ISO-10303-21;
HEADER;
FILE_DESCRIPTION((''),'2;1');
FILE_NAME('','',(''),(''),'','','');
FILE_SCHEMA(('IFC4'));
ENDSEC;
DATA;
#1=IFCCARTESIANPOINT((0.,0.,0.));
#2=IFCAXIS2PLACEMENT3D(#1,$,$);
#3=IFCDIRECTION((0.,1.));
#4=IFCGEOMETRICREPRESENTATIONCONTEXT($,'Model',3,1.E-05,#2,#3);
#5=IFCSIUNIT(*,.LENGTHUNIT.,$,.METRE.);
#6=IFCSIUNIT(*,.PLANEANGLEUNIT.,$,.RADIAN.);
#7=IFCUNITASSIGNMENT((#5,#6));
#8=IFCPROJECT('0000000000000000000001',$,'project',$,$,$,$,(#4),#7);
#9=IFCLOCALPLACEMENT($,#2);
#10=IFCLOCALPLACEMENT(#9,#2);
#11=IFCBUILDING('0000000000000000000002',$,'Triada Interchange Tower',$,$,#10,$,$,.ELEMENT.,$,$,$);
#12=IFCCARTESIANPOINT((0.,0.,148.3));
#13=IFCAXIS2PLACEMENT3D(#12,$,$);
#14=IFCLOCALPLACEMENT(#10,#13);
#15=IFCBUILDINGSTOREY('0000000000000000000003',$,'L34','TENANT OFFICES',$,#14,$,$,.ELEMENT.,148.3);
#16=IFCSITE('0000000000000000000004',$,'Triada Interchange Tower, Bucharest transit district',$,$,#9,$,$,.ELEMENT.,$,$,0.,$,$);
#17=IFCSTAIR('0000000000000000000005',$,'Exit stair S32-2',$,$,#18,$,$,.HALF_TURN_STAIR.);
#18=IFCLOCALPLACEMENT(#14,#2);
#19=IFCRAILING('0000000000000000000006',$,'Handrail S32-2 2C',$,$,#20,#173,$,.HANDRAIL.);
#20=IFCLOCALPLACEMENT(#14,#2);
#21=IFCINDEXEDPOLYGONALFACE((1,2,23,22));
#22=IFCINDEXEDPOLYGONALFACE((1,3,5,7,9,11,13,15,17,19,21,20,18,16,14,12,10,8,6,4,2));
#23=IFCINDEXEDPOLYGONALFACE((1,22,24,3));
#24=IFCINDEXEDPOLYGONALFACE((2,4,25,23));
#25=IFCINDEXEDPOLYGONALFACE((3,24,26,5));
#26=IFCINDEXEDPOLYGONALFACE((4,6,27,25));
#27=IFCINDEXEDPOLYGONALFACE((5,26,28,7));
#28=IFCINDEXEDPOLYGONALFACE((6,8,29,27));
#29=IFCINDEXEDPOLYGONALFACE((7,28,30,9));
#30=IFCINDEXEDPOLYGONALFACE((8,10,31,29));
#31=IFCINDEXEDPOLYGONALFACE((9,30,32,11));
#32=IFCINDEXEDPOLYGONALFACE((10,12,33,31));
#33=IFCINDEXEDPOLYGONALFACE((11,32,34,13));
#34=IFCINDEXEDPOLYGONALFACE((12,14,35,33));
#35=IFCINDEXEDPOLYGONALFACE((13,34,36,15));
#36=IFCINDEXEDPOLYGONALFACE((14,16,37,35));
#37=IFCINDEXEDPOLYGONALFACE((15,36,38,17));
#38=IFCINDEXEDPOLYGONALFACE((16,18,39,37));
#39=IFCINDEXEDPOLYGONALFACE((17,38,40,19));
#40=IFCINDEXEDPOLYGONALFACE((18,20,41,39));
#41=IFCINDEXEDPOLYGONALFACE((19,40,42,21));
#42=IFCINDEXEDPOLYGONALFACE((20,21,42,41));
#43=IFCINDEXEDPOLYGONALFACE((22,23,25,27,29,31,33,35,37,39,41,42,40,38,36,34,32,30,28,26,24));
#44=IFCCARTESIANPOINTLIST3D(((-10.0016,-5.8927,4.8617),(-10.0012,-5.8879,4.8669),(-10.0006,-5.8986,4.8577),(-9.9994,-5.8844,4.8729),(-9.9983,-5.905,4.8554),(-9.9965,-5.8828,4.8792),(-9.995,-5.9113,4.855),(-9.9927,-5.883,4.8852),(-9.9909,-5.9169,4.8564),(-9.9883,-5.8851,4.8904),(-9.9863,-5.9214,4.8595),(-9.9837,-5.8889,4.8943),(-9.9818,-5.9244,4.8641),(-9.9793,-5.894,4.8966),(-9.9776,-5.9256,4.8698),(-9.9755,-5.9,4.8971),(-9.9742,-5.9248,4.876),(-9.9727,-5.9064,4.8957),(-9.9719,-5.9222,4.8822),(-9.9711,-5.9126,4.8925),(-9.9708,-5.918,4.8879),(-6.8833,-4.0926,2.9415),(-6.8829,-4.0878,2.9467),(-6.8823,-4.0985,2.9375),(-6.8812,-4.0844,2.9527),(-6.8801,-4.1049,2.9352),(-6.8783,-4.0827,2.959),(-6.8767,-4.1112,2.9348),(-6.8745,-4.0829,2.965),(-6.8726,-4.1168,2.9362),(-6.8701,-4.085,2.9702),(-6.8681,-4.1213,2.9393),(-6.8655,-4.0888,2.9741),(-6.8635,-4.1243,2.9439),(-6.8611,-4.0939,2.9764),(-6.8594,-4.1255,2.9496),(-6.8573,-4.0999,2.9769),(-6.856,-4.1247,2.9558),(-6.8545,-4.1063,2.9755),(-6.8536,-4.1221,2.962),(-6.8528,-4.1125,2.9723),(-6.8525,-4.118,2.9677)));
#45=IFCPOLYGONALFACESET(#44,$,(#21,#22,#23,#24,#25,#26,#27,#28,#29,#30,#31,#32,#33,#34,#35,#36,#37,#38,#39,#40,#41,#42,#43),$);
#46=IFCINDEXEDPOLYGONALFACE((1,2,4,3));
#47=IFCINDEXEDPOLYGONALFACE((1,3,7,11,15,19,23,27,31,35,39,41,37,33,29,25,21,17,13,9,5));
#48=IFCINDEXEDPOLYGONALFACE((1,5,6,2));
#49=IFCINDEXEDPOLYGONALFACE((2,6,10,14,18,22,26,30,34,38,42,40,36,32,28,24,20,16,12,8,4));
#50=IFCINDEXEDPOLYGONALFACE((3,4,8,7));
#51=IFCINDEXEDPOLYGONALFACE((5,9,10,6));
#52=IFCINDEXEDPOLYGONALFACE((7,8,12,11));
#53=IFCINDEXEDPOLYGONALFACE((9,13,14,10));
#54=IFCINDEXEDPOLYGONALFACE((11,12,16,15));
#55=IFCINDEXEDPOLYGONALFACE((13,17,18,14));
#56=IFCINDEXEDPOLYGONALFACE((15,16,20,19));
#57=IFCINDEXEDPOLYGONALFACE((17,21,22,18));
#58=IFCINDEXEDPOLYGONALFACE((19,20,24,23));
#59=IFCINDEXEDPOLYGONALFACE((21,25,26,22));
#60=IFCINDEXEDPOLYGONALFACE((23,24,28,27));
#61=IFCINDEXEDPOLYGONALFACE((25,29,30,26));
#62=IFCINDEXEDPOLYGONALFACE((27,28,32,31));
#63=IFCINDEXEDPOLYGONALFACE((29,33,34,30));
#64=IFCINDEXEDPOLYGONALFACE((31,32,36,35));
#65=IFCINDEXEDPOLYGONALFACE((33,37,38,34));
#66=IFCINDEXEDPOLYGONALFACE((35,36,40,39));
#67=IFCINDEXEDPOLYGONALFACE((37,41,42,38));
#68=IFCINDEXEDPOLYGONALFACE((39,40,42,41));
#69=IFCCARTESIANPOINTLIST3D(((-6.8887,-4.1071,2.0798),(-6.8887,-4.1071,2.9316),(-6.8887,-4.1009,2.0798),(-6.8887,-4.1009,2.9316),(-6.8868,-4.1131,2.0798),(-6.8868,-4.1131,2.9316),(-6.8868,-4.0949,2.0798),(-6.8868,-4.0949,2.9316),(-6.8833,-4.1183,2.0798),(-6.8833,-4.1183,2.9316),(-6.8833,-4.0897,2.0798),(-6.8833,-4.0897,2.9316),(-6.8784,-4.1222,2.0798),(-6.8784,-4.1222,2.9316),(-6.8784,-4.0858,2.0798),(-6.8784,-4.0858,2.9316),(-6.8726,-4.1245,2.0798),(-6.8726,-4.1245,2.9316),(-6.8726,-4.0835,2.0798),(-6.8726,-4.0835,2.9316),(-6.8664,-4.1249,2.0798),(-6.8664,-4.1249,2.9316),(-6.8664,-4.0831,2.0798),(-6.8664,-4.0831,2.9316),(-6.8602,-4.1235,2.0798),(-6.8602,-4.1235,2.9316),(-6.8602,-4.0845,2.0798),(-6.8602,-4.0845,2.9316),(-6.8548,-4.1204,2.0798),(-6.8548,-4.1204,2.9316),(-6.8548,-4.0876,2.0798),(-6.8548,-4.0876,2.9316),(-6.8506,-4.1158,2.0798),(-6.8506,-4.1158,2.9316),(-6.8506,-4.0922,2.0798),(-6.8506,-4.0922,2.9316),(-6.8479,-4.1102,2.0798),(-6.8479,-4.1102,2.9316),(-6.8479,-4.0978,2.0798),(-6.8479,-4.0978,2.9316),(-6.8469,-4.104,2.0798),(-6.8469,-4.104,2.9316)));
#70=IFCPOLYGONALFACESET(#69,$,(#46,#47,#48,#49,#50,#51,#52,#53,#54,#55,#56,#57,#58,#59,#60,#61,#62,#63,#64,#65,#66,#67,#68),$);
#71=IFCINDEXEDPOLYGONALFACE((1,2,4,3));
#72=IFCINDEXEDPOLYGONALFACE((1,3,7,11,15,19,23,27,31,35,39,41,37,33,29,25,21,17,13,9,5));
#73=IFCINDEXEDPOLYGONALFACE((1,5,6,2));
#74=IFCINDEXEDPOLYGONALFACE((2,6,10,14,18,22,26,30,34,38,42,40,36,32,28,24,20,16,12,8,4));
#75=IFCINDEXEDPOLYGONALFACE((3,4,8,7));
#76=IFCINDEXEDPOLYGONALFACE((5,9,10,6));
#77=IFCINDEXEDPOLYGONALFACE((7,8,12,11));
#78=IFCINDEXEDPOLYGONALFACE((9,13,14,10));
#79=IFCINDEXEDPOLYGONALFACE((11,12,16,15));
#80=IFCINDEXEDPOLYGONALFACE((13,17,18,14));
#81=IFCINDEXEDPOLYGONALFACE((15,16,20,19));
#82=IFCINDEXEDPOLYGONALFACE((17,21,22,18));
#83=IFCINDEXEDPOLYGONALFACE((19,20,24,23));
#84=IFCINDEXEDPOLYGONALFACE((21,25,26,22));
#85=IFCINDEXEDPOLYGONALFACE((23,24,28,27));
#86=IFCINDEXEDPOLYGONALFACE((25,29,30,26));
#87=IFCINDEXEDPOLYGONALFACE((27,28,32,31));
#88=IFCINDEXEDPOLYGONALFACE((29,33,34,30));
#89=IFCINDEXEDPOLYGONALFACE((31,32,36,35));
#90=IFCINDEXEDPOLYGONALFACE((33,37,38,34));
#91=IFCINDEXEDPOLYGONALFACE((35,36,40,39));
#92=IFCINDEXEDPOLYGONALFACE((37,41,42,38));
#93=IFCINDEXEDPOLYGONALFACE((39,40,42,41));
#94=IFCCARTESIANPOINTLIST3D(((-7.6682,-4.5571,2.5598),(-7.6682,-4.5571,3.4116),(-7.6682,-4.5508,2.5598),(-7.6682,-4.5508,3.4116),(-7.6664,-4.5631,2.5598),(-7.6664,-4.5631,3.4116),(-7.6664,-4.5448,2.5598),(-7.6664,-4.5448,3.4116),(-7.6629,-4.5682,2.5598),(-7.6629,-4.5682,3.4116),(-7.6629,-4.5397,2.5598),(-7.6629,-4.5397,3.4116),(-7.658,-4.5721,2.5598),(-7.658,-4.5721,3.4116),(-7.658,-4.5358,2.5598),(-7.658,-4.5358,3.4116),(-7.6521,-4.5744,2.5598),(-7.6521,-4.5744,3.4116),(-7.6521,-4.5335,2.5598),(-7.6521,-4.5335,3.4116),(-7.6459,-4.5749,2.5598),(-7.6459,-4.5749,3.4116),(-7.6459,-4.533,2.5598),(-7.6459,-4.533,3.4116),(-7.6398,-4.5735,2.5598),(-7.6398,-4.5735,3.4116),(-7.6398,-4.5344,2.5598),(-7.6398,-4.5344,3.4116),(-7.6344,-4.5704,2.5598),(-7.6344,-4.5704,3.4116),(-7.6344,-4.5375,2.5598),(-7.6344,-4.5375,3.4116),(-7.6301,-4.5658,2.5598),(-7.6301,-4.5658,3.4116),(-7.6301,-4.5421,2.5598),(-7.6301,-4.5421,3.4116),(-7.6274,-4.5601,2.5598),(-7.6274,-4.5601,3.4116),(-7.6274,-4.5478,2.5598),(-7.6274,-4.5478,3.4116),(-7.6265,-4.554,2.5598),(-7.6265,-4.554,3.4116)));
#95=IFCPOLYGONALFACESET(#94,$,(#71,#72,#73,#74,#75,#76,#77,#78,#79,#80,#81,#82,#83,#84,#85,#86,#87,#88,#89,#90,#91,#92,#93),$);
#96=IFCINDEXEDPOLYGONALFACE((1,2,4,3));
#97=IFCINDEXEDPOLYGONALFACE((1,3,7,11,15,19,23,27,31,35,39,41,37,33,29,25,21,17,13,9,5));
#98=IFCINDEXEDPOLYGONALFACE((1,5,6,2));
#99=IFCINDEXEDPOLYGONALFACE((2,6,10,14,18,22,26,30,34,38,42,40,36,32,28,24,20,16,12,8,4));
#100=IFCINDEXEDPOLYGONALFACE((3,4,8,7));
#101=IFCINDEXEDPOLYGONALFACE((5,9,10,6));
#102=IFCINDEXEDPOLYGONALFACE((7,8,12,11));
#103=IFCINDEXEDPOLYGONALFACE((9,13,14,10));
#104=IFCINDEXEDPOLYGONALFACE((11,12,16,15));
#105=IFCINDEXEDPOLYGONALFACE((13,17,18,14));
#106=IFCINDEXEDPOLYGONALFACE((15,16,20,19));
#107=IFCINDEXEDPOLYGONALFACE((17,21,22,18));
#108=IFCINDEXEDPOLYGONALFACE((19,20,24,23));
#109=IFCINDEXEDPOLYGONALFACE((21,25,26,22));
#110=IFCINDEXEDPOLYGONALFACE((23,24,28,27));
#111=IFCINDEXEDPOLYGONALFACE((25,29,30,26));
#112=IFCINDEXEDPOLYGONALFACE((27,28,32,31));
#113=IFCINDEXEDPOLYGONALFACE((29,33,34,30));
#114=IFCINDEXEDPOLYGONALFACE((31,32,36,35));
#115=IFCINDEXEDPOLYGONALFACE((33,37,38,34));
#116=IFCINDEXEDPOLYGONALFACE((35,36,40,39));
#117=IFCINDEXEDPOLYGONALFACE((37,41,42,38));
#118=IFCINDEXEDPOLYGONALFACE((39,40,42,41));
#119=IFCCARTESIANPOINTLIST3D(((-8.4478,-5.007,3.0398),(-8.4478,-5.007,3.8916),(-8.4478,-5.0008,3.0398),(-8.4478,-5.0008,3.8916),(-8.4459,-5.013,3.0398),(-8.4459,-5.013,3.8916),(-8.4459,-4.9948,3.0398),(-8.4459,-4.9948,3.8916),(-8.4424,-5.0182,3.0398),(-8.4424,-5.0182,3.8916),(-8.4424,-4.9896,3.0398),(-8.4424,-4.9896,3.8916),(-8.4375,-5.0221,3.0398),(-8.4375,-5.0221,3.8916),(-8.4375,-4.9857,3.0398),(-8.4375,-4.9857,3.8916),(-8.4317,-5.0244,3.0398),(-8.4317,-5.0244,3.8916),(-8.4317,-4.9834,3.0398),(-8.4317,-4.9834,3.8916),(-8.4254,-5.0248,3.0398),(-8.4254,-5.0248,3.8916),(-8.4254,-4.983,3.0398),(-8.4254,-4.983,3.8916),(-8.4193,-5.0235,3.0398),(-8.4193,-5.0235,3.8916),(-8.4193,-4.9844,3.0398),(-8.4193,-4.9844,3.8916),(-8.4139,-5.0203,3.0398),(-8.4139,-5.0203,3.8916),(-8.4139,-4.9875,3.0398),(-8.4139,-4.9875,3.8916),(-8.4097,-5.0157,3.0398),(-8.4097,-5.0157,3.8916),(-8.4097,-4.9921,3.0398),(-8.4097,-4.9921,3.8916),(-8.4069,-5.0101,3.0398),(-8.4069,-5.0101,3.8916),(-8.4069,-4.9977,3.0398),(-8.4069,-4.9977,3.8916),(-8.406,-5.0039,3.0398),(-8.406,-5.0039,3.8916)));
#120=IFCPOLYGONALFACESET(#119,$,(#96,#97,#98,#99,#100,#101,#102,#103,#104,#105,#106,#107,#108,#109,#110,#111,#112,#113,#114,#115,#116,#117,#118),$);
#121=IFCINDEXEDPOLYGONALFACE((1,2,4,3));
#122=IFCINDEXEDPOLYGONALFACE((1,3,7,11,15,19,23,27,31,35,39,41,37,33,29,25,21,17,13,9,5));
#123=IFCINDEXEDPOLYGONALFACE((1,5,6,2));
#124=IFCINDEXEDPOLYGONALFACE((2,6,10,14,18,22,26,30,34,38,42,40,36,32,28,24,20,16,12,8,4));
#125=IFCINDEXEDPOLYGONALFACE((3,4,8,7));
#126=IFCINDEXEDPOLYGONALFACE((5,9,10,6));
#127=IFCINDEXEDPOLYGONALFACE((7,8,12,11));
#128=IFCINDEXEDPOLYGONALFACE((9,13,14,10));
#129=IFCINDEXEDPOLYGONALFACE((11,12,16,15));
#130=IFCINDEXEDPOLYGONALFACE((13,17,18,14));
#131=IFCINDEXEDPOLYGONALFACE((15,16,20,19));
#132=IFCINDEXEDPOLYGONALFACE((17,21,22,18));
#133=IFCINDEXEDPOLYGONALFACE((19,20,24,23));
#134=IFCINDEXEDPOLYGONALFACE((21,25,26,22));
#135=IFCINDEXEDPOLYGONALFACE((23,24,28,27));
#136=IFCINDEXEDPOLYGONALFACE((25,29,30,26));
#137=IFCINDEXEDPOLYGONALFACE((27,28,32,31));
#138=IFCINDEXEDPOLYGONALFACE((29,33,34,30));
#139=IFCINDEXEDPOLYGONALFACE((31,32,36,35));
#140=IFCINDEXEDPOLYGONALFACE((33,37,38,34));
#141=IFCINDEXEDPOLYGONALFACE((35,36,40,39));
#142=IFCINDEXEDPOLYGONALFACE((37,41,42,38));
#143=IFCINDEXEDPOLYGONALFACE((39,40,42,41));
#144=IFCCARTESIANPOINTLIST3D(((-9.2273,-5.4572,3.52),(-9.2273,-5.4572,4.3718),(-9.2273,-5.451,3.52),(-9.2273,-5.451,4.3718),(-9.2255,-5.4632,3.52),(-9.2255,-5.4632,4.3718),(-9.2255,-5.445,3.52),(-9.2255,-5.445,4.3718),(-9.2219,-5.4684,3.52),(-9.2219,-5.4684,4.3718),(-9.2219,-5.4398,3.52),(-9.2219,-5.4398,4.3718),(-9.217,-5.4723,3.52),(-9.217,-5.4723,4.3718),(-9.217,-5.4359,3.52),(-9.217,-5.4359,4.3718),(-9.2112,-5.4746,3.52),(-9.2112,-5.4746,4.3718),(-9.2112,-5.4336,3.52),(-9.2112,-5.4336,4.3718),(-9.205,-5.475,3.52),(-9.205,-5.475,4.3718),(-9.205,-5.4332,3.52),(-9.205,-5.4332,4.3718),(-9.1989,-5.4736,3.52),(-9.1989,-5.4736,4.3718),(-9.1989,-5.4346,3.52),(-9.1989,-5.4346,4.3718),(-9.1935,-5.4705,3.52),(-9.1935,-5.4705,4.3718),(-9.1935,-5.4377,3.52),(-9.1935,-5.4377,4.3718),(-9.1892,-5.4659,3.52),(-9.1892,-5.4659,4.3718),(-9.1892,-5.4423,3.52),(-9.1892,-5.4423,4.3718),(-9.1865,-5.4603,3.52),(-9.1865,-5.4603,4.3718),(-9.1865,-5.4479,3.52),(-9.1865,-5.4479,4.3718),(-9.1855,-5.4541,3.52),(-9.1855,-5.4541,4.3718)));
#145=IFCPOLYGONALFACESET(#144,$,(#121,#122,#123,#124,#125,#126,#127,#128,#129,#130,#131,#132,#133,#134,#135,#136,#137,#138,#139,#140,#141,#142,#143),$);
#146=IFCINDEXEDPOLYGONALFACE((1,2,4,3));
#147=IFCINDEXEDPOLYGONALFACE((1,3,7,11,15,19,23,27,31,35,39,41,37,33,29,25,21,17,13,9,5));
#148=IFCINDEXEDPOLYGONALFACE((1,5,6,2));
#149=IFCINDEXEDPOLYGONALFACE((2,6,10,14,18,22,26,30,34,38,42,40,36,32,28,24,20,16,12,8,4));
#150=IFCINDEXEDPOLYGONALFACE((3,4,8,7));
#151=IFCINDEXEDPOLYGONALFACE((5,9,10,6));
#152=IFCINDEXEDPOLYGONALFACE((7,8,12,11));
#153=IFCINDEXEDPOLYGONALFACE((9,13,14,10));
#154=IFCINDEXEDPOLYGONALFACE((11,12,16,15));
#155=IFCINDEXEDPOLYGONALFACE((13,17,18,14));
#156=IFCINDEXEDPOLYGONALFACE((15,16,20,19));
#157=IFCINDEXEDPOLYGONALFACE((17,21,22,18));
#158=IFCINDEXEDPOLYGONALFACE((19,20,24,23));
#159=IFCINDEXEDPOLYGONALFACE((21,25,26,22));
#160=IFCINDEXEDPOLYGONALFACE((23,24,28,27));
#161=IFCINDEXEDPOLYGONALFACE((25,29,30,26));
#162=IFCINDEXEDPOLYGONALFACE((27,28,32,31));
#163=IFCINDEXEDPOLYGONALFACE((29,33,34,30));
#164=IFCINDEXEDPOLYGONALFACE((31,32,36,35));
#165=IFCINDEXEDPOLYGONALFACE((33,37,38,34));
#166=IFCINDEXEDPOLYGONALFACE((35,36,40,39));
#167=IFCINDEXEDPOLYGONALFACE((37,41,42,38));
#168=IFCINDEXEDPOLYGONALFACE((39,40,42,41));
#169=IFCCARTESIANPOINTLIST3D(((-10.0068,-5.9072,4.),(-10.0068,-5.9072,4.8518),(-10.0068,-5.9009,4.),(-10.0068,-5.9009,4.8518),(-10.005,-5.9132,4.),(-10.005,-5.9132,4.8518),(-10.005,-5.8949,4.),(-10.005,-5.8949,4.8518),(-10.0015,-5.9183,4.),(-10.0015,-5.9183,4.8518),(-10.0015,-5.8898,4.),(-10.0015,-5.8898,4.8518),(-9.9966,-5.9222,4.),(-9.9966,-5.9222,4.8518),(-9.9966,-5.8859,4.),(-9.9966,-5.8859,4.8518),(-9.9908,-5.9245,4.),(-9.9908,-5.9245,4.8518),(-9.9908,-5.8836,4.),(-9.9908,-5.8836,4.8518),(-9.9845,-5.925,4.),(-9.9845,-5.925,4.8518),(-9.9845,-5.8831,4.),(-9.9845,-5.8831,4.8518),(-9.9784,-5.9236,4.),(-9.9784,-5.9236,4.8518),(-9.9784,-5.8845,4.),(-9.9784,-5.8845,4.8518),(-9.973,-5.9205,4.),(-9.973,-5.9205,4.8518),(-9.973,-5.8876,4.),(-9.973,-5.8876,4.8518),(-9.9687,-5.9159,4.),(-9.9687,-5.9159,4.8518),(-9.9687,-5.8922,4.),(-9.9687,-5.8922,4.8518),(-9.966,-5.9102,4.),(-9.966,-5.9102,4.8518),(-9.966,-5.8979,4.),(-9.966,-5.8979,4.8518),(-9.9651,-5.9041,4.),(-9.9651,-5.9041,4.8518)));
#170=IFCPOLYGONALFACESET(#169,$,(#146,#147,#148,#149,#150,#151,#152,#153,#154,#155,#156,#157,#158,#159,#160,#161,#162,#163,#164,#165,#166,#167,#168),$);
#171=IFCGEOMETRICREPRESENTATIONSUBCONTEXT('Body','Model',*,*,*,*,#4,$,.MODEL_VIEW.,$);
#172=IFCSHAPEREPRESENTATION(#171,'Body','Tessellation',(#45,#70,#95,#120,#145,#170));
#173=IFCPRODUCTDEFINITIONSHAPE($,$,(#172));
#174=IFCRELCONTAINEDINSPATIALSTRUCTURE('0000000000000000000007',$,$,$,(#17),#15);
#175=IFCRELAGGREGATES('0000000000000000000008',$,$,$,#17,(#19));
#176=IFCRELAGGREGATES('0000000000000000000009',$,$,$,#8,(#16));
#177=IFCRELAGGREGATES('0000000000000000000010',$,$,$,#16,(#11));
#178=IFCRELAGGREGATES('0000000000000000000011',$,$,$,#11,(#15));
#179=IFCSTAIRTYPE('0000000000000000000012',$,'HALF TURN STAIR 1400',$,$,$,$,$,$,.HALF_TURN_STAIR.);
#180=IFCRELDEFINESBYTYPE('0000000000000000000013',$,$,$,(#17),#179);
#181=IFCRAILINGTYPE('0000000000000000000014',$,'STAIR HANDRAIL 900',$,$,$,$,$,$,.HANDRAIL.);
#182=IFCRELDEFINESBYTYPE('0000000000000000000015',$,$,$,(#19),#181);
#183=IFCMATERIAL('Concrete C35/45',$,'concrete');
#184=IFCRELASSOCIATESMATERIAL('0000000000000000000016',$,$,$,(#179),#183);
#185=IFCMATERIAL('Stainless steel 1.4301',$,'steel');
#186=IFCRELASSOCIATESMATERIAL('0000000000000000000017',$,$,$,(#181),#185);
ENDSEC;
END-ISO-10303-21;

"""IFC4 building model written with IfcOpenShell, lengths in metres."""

from ifc_helpers import new_model, si_unit, direction, frame, origin, origin_2d, place, context, subcontext, project, spatial, circle, extrude, material, type_object, element, aggregate, save


model = new_model("IFC4")

# Units and contexts
model_context = context("Model", 3, precision=1e-05, world=origin(), true_north=direction((0.0, 1.0)))
body_context = subcontext(model_context, "Body", "Model", "MODEL_VIEW")
ifc_project = project(units=[si_unit("LENGTHUNIT", "METRE"), si_unit("PLANEANGLEUNIT", "RADIAN")], contexts=[model_context])

# Site, building, storey
site_placement = place(None, origin())
site = spatial("IfcSite", under=ifc_project, at=site_placement, Name="Triada Interchange Tower, Bucharest transit district", CompositionType="ELEMENT", RefElevation=0.0)
building_placement = place(site_placement, origin())
building = spatial("IfcBuilding", under=site, at=building_placement, Name="Triada Interchange Tower", CompositionType="ELEMENT")
storey_placement = place(building_placement, frame((0.0, 0.0, 148.3)))
storey = spatial("IfcBuildingStorey", under=building, at=storey_placement, Name="L34", Description="TENANT OFFICES", CompositionType="ELEMENT", Elevation=148.3)

# Stair, railing
ifc_material_1 = material(Name="Concrete C35/45", Category="concrete")
stair_type = type_object("IfcStairType", Name="HALF TURN STAIR 1400", PredefinedType="HALF_TURN_STAIR", material=ifc_material_1)
stair_placement = place(storey_placement, origin())
stair = element("IfcStair", 1, at=stair_placement, inside=storey, type_object=stair_type, Name="Exit stair S32-2", PredefinedType="HALF_TURN_STAIR")
ifc_material_2 = material(Name="Stainless steel 1.4301", Category="steel")
railing_type = type_object("IfcRailingType", Name="STAIR HANDRAIL 900", PredefinedType="HANDRAIL", material=ifc_material_2)
railing_1_placement = place(storey_placement, frame((-6.8679, -4.104, 2.0798)))
railing_1 = element("IfcRailing", 2, at=railing_1_placement, type_object=railing_type, Name="Handrail S32-2 2C", PredefinedType="HANDRAIL", context=body_context, shape_type="SweptSolid", body=[
    extrude(circle(Radius=0.0239, at=origin_2d()), frame((0.0, 0.0, 0.876), z_axis=(-0.76417, -0.441139, 0.470576), x_axis=(0.499953, -0.866052, 0.0)), (0.0, 0.0, 1.0), 4.0806),
    extrude(circle(Radius=0.021, at=origin_2d()), origin(), (0.0, 0.0, 1.0), 0.8518),
    extrude(circle(Radius=0.021, at=origin_2d()), frame((-0.7795, -0.45, 0.48)), (0.0, 0.0, 1.0), 0.8518),
    extrude(circle(Radius=0.021, at=origin_2d()), frame((-1.5591, -0.8999, 0.96)), (0.0, 0.0, 1.0), 0.8518),
    extrude(circle(Radius=0.021, at=origin_2d()), frame((-2.3386, -1.3501, 1.4402)), (0.0, 0.0, 1.0), 0.8518),
    extrude(circle(Radius=0.021, at=origin_2d()), frame((-3.1182, -1.8, 1.9202)), (0.0, 0.0, 1.0), 0.8518),
])
aggregate(stair, [railing_1])

save(model, "model.ifc")
